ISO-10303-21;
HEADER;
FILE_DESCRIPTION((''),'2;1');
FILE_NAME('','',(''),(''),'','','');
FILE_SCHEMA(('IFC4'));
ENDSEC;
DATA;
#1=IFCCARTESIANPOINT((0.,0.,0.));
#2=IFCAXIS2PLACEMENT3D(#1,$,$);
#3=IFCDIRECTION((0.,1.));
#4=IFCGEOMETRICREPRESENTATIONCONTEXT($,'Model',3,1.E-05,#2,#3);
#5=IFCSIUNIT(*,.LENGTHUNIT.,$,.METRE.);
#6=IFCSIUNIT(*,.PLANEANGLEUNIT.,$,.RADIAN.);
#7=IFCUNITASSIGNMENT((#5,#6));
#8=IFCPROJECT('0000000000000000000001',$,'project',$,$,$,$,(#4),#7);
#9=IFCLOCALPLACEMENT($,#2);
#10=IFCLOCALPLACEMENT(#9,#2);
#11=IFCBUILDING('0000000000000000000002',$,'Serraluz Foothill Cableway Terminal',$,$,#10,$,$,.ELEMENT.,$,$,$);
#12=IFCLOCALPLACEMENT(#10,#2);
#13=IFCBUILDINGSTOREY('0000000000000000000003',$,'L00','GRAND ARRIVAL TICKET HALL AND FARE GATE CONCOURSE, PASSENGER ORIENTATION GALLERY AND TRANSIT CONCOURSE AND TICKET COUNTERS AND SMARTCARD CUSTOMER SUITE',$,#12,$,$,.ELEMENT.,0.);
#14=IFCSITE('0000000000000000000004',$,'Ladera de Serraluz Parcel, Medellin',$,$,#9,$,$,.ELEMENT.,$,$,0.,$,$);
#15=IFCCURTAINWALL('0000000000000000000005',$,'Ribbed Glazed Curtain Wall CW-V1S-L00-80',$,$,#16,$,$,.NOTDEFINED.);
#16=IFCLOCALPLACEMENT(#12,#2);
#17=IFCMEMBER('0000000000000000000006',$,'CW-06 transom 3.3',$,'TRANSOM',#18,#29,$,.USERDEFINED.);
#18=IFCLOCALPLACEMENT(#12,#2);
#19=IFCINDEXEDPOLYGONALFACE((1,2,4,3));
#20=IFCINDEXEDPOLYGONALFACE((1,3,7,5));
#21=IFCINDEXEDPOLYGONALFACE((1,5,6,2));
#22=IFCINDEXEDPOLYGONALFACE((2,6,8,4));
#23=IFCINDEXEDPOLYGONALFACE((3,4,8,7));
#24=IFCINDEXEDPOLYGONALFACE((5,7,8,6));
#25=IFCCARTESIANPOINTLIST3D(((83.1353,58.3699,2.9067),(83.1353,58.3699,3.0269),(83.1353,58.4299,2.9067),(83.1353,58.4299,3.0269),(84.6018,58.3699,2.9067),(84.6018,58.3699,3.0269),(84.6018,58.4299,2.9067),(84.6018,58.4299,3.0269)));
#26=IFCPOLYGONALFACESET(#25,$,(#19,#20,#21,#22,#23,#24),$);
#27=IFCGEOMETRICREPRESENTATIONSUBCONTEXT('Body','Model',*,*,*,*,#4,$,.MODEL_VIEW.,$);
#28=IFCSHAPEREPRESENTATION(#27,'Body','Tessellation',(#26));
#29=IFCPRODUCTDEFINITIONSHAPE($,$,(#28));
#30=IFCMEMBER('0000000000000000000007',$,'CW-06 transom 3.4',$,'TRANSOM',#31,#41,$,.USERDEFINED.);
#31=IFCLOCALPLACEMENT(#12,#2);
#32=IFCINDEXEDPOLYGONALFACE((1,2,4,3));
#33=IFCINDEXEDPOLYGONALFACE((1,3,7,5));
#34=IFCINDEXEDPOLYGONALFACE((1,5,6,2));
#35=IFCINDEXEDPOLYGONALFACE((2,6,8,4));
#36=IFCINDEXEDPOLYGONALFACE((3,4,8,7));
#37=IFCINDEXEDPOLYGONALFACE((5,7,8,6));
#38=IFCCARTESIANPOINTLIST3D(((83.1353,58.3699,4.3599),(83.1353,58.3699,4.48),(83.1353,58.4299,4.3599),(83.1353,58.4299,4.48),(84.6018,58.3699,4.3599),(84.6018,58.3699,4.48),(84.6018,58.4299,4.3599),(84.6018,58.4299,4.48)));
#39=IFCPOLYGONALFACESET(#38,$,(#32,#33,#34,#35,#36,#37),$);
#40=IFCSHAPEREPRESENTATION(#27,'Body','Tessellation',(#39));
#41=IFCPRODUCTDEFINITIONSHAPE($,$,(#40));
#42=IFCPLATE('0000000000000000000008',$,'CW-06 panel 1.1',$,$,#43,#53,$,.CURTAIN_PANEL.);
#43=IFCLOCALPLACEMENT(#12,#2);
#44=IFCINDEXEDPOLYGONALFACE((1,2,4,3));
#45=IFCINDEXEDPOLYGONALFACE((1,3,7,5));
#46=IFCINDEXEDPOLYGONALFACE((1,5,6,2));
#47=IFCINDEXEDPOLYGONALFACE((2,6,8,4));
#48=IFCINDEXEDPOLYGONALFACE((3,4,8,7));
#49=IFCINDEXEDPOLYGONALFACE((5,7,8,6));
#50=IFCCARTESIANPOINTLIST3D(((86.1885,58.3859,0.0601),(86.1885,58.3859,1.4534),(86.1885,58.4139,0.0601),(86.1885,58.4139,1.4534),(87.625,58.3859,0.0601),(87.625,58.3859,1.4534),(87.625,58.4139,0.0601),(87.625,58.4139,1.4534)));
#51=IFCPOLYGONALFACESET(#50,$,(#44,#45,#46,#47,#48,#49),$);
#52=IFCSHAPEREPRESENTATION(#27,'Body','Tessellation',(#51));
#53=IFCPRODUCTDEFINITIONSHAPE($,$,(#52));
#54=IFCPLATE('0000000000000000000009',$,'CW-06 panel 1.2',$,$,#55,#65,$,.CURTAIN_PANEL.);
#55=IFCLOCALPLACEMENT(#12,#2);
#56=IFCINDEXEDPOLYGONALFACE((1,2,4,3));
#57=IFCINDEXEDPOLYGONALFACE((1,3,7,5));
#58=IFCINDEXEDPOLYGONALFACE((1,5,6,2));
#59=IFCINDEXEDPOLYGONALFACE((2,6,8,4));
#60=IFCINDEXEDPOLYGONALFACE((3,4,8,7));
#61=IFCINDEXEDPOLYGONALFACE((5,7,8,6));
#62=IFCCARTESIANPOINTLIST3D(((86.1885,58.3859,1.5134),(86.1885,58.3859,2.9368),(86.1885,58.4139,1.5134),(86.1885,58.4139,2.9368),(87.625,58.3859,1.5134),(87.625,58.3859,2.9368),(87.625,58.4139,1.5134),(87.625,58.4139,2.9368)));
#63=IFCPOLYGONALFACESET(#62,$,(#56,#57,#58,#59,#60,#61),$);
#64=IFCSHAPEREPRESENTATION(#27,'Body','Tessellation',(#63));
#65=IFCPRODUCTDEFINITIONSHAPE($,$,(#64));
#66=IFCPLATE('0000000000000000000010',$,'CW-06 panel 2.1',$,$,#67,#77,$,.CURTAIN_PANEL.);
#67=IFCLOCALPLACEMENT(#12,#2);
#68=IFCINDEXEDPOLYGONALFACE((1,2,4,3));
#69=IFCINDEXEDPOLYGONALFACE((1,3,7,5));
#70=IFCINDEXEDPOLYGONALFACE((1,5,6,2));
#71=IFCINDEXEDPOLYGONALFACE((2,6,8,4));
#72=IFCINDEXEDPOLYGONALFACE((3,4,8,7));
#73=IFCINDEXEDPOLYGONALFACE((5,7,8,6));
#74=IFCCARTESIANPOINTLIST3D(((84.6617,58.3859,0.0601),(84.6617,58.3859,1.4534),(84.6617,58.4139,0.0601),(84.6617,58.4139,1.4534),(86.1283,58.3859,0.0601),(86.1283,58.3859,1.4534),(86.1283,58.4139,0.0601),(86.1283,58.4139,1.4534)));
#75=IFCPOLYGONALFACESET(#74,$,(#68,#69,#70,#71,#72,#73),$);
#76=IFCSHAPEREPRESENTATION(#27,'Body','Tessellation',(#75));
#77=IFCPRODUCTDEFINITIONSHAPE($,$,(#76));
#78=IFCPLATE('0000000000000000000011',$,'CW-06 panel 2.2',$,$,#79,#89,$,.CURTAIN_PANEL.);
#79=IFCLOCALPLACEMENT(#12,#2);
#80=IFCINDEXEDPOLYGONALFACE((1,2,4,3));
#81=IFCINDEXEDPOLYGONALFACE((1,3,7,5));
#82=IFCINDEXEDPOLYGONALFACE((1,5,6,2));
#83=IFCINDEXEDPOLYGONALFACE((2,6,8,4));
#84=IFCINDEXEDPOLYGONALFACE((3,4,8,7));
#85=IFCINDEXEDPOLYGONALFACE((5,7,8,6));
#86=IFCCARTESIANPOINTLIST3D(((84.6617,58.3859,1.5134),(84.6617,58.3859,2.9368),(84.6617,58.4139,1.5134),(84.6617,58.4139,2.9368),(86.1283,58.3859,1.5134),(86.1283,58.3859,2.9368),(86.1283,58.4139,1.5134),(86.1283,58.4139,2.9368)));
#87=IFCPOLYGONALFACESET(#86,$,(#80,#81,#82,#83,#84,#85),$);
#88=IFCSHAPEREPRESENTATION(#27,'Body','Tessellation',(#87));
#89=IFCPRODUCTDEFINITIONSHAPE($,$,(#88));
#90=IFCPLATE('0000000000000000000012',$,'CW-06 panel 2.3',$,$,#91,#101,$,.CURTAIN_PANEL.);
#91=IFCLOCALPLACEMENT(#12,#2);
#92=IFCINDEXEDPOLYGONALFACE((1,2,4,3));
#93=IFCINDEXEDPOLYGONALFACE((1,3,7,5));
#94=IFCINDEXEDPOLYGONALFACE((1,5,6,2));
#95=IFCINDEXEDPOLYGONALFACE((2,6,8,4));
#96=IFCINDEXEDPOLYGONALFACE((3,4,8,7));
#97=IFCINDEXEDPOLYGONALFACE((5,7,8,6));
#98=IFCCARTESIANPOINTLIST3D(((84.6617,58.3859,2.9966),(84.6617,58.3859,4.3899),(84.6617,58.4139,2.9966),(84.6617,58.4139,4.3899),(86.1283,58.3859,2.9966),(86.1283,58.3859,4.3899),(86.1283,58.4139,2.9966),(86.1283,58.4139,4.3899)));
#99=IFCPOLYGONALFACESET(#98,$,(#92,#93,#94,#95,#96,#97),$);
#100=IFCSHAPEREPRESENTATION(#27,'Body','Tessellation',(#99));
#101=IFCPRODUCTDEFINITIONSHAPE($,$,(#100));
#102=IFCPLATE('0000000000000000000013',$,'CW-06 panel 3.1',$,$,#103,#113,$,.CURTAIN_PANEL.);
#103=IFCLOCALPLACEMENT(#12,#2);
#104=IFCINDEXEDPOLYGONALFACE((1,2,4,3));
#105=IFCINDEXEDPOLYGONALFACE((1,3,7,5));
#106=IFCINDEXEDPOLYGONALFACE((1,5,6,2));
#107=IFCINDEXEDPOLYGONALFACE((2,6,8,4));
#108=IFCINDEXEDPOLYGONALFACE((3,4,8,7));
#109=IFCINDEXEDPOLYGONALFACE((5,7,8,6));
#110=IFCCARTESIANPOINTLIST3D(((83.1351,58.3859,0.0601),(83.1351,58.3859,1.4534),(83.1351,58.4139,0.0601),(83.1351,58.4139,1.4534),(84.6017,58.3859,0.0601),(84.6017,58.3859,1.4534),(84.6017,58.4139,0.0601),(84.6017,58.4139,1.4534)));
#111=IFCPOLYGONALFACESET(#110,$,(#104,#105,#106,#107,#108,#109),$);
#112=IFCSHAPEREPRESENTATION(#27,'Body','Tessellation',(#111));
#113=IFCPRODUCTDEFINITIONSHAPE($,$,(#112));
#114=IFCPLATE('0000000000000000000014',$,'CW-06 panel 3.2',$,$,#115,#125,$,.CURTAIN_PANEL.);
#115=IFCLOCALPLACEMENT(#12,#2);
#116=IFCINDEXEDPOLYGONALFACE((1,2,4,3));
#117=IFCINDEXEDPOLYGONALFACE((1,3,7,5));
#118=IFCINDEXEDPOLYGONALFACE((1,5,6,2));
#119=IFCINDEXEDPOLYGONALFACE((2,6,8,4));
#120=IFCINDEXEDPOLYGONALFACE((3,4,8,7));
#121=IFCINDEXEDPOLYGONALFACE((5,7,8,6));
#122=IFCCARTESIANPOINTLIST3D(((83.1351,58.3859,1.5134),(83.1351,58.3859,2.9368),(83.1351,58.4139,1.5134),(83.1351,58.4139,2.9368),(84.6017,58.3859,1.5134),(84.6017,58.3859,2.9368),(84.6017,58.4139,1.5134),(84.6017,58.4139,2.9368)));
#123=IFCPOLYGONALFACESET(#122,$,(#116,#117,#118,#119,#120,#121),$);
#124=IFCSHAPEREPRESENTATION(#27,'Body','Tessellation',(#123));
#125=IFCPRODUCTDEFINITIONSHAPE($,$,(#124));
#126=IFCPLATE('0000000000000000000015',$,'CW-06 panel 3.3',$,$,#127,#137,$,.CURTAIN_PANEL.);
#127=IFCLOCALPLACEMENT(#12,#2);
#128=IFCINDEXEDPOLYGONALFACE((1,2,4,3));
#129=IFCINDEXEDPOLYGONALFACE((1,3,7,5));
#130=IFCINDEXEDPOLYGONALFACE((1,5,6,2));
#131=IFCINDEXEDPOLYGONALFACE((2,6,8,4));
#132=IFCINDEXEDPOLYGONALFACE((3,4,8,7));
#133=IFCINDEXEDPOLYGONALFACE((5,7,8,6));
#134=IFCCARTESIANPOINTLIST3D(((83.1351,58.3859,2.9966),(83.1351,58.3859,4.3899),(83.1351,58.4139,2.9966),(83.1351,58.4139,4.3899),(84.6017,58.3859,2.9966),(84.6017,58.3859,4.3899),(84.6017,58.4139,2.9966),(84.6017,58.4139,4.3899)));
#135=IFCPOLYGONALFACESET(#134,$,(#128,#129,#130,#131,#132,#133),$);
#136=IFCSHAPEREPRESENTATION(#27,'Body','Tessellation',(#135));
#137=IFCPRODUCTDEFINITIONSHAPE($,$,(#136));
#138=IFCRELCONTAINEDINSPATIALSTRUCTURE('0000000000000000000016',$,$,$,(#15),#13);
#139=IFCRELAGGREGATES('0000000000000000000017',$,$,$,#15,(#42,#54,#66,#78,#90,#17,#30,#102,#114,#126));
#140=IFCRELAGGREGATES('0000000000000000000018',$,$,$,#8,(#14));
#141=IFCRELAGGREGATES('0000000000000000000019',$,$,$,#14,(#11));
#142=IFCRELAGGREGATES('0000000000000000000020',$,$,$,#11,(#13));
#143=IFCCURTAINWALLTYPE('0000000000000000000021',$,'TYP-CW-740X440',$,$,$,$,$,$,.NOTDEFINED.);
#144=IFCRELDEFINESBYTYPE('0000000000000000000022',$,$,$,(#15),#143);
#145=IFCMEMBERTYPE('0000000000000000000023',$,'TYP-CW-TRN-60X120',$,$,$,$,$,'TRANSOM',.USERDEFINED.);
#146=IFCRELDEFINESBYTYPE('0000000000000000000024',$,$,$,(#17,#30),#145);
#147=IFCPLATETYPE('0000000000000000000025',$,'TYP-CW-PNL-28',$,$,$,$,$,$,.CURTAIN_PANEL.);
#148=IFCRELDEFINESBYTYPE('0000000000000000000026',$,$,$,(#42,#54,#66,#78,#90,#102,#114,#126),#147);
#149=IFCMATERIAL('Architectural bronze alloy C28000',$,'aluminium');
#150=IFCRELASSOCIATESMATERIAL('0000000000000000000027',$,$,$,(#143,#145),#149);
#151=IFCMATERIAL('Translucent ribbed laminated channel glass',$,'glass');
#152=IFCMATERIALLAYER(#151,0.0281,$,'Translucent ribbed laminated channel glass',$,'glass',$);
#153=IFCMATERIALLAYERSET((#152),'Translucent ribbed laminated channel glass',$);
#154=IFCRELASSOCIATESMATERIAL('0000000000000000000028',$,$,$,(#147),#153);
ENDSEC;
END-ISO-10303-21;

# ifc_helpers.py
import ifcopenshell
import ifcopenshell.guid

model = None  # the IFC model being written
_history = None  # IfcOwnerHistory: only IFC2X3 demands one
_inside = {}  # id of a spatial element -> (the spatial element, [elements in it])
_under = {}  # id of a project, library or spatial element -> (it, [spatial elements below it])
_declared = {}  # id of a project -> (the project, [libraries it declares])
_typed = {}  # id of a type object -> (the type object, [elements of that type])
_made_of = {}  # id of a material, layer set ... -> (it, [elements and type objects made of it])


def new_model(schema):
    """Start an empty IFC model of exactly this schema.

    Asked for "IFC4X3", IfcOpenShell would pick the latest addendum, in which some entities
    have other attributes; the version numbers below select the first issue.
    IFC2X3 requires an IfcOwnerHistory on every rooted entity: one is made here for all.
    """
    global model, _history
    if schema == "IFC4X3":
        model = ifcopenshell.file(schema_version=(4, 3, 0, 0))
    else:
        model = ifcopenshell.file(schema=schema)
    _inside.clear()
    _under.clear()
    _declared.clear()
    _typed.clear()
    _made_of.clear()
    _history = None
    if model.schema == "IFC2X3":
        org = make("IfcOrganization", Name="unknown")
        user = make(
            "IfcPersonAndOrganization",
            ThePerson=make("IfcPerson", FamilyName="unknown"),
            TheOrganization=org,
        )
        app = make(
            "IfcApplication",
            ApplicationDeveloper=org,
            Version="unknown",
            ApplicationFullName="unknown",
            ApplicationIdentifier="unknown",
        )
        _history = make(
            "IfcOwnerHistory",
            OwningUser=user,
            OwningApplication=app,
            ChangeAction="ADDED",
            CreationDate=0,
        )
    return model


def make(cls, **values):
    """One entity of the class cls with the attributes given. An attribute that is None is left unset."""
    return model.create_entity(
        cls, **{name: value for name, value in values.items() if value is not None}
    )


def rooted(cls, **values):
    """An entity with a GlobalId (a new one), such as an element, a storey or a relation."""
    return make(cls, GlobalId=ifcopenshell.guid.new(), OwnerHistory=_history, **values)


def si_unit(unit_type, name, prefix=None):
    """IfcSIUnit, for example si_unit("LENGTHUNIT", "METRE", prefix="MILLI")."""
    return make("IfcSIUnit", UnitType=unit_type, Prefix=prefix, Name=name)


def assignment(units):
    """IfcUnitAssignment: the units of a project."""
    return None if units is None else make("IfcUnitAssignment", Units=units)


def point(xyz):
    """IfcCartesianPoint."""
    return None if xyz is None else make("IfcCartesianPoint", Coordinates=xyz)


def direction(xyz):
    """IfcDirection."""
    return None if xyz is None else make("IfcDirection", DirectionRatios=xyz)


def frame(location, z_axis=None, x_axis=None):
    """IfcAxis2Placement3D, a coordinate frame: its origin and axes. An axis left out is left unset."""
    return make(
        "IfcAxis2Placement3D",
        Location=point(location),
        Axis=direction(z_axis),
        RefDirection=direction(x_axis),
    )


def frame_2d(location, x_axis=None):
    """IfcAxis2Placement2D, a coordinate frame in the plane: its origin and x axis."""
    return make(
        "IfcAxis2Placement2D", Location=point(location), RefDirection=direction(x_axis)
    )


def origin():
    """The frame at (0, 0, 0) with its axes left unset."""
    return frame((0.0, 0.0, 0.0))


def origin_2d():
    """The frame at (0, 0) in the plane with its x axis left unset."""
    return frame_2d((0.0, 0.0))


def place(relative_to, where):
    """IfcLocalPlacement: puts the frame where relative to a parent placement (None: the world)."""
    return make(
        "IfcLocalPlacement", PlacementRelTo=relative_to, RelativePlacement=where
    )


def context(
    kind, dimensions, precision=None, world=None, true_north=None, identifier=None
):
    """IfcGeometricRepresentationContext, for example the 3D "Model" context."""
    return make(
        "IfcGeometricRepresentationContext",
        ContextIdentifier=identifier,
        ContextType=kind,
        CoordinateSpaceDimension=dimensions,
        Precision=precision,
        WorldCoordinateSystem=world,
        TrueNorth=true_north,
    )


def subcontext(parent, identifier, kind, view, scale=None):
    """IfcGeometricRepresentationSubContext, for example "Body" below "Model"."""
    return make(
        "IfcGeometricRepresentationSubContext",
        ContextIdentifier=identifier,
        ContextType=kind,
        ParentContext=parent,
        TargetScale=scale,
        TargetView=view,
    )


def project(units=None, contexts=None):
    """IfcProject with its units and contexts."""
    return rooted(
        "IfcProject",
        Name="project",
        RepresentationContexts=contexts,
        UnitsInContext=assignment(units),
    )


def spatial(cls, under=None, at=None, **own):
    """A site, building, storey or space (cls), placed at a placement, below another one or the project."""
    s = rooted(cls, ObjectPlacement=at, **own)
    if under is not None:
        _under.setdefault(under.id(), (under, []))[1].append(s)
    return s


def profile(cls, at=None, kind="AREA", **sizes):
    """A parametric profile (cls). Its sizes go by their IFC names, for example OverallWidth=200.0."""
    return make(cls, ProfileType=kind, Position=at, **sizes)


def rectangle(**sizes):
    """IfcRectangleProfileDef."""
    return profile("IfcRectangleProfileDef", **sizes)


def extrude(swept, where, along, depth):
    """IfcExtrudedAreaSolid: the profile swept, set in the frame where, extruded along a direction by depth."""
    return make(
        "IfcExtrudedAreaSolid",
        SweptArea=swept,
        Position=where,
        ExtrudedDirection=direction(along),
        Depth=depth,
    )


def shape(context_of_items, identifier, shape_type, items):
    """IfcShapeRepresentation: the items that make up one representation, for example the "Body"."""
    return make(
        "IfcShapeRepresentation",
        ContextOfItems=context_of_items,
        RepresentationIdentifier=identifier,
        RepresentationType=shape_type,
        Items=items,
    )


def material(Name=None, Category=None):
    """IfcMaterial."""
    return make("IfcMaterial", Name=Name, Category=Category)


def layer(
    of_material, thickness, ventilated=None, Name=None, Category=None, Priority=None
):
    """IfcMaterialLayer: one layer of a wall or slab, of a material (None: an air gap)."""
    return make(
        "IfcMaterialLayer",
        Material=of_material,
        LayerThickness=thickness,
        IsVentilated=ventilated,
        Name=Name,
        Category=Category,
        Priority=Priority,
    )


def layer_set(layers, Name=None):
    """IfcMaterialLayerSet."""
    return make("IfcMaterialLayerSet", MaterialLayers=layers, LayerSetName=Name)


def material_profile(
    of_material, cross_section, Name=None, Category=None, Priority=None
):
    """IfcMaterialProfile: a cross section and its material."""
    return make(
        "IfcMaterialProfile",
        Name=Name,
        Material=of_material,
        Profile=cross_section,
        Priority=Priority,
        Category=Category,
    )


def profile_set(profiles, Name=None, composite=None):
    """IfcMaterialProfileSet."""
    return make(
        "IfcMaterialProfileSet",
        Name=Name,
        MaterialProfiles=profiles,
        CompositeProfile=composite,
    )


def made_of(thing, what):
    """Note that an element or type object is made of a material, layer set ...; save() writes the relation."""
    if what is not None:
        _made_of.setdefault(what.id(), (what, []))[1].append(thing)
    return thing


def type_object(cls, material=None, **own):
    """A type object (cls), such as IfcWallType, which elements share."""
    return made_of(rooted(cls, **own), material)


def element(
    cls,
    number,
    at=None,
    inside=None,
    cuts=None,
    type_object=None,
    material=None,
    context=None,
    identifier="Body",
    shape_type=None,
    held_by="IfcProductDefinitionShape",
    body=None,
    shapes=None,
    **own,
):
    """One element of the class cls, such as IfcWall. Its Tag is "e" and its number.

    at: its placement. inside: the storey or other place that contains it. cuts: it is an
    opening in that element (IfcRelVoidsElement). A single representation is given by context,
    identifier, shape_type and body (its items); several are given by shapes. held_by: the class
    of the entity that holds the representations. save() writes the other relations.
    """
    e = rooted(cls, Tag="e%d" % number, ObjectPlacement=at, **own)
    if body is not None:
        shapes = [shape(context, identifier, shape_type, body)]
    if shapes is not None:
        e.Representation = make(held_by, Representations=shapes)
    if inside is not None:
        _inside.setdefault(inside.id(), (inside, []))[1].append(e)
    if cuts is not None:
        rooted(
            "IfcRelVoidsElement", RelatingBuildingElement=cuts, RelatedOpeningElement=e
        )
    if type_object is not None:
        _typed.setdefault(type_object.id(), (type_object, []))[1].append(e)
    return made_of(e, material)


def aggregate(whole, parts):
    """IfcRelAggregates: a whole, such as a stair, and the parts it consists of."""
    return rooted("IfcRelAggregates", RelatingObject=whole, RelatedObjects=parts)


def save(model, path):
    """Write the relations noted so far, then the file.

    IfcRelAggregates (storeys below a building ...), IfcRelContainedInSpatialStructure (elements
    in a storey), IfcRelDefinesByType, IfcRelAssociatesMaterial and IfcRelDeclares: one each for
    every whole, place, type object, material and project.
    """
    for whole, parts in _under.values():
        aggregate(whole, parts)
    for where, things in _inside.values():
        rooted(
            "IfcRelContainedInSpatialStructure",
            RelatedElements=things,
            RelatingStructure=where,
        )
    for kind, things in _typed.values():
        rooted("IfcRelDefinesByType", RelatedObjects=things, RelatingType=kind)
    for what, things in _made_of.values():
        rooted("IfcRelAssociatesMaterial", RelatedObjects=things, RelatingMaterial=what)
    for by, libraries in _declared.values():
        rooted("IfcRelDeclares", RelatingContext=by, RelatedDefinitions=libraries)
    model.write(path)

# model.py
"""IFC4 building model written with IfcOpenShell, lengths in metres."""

from ifc_helpers import new_model, si_unit, direction, frame, origin, origin_2d, place, context, subcontext, project, spatial, rectangle, extrude, material, layer, layer_set, material_profile, profile_set, type_object, element, aggregate, save


model = new_model("IFC4")

# Units and contexts
model_context = context("Model", 3, precision=1e-05, world=origin(), true_north=direction((0.0, 1.0)))
body_context = subcontext(model_context, "Body", "Model", "MODEL_VIEW")
ifc_project = project(units=[si_unit("LENGTHUNIT", "METRE"), si_unit("PLANEANGLEUNIT", "RADIAN")], contexts=[model_context])

# Site, building, storey
site_placement = place(None, origin())
site = spatial("IfcSite", under=ifc_project, at=site_placement, Name="Ladera de Serraluz Parcel, Medellin", CompositionType="ELEMENT", RefElevation=0.0)
building_placement = place(site_placement, origin())
building = spatial("IfcBuilding", under=site, at=building_placement, Name="Serraluz Foothill Cableway Terminal", CompositionType="ELEMENT")
storey_placement = place(building_placement, origin())
storey = spatial("IfcBuildingStorey", under=building, at=storey_placement, Name="L00", Description="GRAND ARRIVAL TICKET HALL AND FARE GATE CONCOURSE, PASSENGER ORIENTATION GALLERY AND TRANSIT CONCOURSE AND TICKET COUNTERS AND SMARTCARD CUSTOMER SUITE", CompositionType="ELEMENT", Elevation=0.0)

# Curtain wall, members, plates
ifc_material_1 = material(Name="Architectural bronze alloy C28000", Category="aluminium")
curtain_wall_type = type_object("IfcCurtainWallType", Name="TYP-CW-740X440", PredefinedType="NOTDEFINED", material=ifc_material_1)
curtain_wall_placement = place(storey_placement, origin())
curtain_wall = element("IfcCurtainWall", 1, at=curtain_wall_placement, inside=storey, type_object=curtain_wall_type, Name="Ribbed Glazed Curtain Wall CW-V1S-L00-80", PredefinedType="NOTDEFINED")
ifc_material_profile_1 = material_profile(ifc_material_1, rectangle(XDim=0.0601, YDim=0.1201, at=origin_2d()), Name="ALU TRANSOM 60x120")
ifc_profile_set_1 = profile_set([ifc_material_profile_1], Name="Architectural bronze alloy C28000")
member_type_1 = type_object("IfcMemberType", Name="TYP-CW-TRN-60X120", ElementType="TRANSOM", PredefinedType="USERDEFINED", material=ifc_profile_set_1)
member_1_placement = place(storey_placement, frame((84.6018, 58.3999, 2.9668), z_axis=(-1.0, 0.0, 0.0), x_axis=(0.0, -1.0, 0.0)))
member_1 = element("IfcMember", 2, at=member_1_placement, type_object=member_type_1, Name="CW-06 transom 3.3", ObjectType="TRANSOM", PredefinedType="USERDEFINED", context=body_context, shape_type="SweptSolid", body=[
    extrude(rectangle(XDim=0.0601, YDim=0.1201, at=origin_2d()), origin(), (0.0, 0.0, 1.0), 1.4666),
])
member_2_placement = place(storey_placement, frame((84.6018, 58.3999, 4.4199), z_axis=(-1.0, 0.0, 0.0), x_axis=(0.0, -1.0, 0.0)))
member_2 = element("IfcMember", 3, at=member_2_placement, type_object=member_type_1, Name="CW-06 transom 3.4", ObjectType="TRANSOM", PredefinedType="USERDEFINED", context=body_context, shape_type="SweptSolid", body=[
    extrude(rectangle(XDim=0.0601, YDim=0.1201, at=origin_2d()), origin(), (0.0, 0.0, 1.0), 1.4666),
])
ifc_material_2 = material(Name="Translucent ribbed laminated channel glass", Category="glass")
ifc_layer = layer(ifc_material_2, 0.0281, Name="Translucent ribbed laminated channel glass", Category="glass")
ifc_layer_set = layer_set([ifc_layer], Name="Translucent ribbed laminated channel glass")
plate_type = type_object("IfcPlateType", Name="TYP-CW-PNL-28", PredefinedType="CURTAIN_PANEL", material=ifc_layer_set)
plate_1_placement = place(storey_placement, frame((86.9067, 58.3999, 0.0601), z_axis=(0.0, 0.0, 1.0), x_axis=(-1.0, 0.0, 0.0)))
plate_1 = element("IfcPlate", 4, at=plate_1_placement, type_object=plate_type, Name="CW-06 panel 1.1", PredefinedType="CURTAIN_PANEL", context=body_context, shape_type="SweptSolid", body=[
    extrude(rectangle(XDim=1.4365, YDim=0.0281, at=origin_2d()), origin(), (0.0, 0.0, 1.0), 1.3933),
])
plate_2_placement = place(storey_placement, frame((86.9067, 58.3999, 1.5134), z_axis=(0.0, 0.0, 1.0), x_axis=(-1.0, 0.0, 0.0)))
plate_2 = element("IfcPlate", 5, at=plate_2_placement, type_object=plate_type, Name="CW-06 panel 1.2", PredefinedType="CURTAIN_PANEL", context=body_context, shape_type="SweptSolid", body=[
    extrude(rectangle(XDim=1.4365, YDim=0.0281, at=origin_2d()), origin(), (0.0, 0.0, 1.0), 1.4233),
])
plate_3_placement = place(storey_placement, frame((85.395, 58.3999, 0.0601), z_axis=(0.0, 0.0, 1.0), x_axis=(-1.0, 0.0, 0.0)))
plate_3 = element("IfcPlate", 6, at=plate_3_placement, type_object=plate_type, Name="CW-06 panel 2.1", PredefinedType="CURTAIN_PANEL", context=body_context, shape_type="SweptSolid", body=[
    extrude(rectangle(XDim=1.4666, YDim=0.0281, at=origin_2d()), origin(), (0.0, 0.0, 1.0), 1.3933),
])
plate_4_placement = place(storey_placement, frame((85.395, 58.3999, 1.5134), z_axis=(0.0, 0.0, 1.0), x_axis=(-1.0, 0.0, 0.0)))
plate_4 = element("IfcPlate", 7, at=plate_4_placement, type_object=plate_type, Name="CW-06 panel 2.2", PredefinedType="CURTAIN_PANEL", context=body_context, shape_type="SweptSolid", body=[
    extrude(rectangle(XDim=1.4666, YDim=0.0281, at=origin_2d()), origin(), (0.0, 0.0, 1.0), 1.4233),
])
plate_5_placement = place(storey_placement, frame((85.395, 58.3999, 2.9966), z_axis=(0.0, 0.0, 1.0), x_axis=(-1.0, 0.0, 0.0)))
plate_5 = element("IfcPlate", 8, at=plate_5_placement, type_object=plate_type, Name="CW-06 panel 2.3", PredefinedType="CURTAIN_PANEL", context=body_context, shape_type="SweptSolid", body=[
    extrude(rectangle(XDim=1.4666, YDim=0.0281, at=origin_2d()), origin(), (0.0, 0.0, 1.0), 1.3933),
])
plate_6_placement = place(storey_placement, frame((83.8684, 58.3999, 0.0601), z_axis=(0.0, 0.0, 1.0), x_axis=(-1.0, 0.0, 0.0)))
plate_6 = element("IfcPlate", 9, at=plate_6_placement, type_object=plate_type, Name="CW-06 panel 3.1", PredefinedType="CURTAIN_PANEL", context=body_context, shape_type="SweptSolid", body=[
    extrude(rectangle(XDim=1.4666, YDim=0.0281, at=origin_2d()), origin(), (0.0, 0.0, 1.0), 1.3933),
])
plate_7_placement = place(storey_placement, frame((83.8684, 58.3999, 1.5134), z_axis=(0.0, 0.0, 1.0), x_axis=(-1.0, 0.0, 0.0)))
plate_7 = element("IfcPlate", 10, at=plate_7_placement, type_object=plate_type, Name="CW-06 panel 3.2", PredefinedType="CURTAIN_PANEL", context=body_context, shape_type="SweptSolid", body=[
    extrude(rectangle(XDim=1.4666, YDim=0.0281, at=origin_2d()), origin(), (0.0, 0.0, 1.0), 1.4233),
])
plate_8_placement = place(storey_placement, frame((83.8684, 58.3999, 2.9966), z_axis=(0.0, 0.0, 1.0), x_axis=(-1.0, 0.0, 0.0)))
plate_8 = element("IfcPlate", 11, at=plate_8_placement, type_object=plate_type, Name="CW-06 panel 3.3", PredefinedType="CURTAIN_PANEL", context=body_context, shape_type="SweptSolid", body=[
    extrude(rectangle(XDim=1.4666, YDim=0.0281, at=origin_2d()), origin(), (0.0, 0.0, 1.0), 1.3933),
])
aggregate(curtain_wall, [plate_1, plate_2, plate_3, plate_4, plate_5, member_1, member_2, plate_6, plate_7, plate_8])

save(model, "model.ifc")
